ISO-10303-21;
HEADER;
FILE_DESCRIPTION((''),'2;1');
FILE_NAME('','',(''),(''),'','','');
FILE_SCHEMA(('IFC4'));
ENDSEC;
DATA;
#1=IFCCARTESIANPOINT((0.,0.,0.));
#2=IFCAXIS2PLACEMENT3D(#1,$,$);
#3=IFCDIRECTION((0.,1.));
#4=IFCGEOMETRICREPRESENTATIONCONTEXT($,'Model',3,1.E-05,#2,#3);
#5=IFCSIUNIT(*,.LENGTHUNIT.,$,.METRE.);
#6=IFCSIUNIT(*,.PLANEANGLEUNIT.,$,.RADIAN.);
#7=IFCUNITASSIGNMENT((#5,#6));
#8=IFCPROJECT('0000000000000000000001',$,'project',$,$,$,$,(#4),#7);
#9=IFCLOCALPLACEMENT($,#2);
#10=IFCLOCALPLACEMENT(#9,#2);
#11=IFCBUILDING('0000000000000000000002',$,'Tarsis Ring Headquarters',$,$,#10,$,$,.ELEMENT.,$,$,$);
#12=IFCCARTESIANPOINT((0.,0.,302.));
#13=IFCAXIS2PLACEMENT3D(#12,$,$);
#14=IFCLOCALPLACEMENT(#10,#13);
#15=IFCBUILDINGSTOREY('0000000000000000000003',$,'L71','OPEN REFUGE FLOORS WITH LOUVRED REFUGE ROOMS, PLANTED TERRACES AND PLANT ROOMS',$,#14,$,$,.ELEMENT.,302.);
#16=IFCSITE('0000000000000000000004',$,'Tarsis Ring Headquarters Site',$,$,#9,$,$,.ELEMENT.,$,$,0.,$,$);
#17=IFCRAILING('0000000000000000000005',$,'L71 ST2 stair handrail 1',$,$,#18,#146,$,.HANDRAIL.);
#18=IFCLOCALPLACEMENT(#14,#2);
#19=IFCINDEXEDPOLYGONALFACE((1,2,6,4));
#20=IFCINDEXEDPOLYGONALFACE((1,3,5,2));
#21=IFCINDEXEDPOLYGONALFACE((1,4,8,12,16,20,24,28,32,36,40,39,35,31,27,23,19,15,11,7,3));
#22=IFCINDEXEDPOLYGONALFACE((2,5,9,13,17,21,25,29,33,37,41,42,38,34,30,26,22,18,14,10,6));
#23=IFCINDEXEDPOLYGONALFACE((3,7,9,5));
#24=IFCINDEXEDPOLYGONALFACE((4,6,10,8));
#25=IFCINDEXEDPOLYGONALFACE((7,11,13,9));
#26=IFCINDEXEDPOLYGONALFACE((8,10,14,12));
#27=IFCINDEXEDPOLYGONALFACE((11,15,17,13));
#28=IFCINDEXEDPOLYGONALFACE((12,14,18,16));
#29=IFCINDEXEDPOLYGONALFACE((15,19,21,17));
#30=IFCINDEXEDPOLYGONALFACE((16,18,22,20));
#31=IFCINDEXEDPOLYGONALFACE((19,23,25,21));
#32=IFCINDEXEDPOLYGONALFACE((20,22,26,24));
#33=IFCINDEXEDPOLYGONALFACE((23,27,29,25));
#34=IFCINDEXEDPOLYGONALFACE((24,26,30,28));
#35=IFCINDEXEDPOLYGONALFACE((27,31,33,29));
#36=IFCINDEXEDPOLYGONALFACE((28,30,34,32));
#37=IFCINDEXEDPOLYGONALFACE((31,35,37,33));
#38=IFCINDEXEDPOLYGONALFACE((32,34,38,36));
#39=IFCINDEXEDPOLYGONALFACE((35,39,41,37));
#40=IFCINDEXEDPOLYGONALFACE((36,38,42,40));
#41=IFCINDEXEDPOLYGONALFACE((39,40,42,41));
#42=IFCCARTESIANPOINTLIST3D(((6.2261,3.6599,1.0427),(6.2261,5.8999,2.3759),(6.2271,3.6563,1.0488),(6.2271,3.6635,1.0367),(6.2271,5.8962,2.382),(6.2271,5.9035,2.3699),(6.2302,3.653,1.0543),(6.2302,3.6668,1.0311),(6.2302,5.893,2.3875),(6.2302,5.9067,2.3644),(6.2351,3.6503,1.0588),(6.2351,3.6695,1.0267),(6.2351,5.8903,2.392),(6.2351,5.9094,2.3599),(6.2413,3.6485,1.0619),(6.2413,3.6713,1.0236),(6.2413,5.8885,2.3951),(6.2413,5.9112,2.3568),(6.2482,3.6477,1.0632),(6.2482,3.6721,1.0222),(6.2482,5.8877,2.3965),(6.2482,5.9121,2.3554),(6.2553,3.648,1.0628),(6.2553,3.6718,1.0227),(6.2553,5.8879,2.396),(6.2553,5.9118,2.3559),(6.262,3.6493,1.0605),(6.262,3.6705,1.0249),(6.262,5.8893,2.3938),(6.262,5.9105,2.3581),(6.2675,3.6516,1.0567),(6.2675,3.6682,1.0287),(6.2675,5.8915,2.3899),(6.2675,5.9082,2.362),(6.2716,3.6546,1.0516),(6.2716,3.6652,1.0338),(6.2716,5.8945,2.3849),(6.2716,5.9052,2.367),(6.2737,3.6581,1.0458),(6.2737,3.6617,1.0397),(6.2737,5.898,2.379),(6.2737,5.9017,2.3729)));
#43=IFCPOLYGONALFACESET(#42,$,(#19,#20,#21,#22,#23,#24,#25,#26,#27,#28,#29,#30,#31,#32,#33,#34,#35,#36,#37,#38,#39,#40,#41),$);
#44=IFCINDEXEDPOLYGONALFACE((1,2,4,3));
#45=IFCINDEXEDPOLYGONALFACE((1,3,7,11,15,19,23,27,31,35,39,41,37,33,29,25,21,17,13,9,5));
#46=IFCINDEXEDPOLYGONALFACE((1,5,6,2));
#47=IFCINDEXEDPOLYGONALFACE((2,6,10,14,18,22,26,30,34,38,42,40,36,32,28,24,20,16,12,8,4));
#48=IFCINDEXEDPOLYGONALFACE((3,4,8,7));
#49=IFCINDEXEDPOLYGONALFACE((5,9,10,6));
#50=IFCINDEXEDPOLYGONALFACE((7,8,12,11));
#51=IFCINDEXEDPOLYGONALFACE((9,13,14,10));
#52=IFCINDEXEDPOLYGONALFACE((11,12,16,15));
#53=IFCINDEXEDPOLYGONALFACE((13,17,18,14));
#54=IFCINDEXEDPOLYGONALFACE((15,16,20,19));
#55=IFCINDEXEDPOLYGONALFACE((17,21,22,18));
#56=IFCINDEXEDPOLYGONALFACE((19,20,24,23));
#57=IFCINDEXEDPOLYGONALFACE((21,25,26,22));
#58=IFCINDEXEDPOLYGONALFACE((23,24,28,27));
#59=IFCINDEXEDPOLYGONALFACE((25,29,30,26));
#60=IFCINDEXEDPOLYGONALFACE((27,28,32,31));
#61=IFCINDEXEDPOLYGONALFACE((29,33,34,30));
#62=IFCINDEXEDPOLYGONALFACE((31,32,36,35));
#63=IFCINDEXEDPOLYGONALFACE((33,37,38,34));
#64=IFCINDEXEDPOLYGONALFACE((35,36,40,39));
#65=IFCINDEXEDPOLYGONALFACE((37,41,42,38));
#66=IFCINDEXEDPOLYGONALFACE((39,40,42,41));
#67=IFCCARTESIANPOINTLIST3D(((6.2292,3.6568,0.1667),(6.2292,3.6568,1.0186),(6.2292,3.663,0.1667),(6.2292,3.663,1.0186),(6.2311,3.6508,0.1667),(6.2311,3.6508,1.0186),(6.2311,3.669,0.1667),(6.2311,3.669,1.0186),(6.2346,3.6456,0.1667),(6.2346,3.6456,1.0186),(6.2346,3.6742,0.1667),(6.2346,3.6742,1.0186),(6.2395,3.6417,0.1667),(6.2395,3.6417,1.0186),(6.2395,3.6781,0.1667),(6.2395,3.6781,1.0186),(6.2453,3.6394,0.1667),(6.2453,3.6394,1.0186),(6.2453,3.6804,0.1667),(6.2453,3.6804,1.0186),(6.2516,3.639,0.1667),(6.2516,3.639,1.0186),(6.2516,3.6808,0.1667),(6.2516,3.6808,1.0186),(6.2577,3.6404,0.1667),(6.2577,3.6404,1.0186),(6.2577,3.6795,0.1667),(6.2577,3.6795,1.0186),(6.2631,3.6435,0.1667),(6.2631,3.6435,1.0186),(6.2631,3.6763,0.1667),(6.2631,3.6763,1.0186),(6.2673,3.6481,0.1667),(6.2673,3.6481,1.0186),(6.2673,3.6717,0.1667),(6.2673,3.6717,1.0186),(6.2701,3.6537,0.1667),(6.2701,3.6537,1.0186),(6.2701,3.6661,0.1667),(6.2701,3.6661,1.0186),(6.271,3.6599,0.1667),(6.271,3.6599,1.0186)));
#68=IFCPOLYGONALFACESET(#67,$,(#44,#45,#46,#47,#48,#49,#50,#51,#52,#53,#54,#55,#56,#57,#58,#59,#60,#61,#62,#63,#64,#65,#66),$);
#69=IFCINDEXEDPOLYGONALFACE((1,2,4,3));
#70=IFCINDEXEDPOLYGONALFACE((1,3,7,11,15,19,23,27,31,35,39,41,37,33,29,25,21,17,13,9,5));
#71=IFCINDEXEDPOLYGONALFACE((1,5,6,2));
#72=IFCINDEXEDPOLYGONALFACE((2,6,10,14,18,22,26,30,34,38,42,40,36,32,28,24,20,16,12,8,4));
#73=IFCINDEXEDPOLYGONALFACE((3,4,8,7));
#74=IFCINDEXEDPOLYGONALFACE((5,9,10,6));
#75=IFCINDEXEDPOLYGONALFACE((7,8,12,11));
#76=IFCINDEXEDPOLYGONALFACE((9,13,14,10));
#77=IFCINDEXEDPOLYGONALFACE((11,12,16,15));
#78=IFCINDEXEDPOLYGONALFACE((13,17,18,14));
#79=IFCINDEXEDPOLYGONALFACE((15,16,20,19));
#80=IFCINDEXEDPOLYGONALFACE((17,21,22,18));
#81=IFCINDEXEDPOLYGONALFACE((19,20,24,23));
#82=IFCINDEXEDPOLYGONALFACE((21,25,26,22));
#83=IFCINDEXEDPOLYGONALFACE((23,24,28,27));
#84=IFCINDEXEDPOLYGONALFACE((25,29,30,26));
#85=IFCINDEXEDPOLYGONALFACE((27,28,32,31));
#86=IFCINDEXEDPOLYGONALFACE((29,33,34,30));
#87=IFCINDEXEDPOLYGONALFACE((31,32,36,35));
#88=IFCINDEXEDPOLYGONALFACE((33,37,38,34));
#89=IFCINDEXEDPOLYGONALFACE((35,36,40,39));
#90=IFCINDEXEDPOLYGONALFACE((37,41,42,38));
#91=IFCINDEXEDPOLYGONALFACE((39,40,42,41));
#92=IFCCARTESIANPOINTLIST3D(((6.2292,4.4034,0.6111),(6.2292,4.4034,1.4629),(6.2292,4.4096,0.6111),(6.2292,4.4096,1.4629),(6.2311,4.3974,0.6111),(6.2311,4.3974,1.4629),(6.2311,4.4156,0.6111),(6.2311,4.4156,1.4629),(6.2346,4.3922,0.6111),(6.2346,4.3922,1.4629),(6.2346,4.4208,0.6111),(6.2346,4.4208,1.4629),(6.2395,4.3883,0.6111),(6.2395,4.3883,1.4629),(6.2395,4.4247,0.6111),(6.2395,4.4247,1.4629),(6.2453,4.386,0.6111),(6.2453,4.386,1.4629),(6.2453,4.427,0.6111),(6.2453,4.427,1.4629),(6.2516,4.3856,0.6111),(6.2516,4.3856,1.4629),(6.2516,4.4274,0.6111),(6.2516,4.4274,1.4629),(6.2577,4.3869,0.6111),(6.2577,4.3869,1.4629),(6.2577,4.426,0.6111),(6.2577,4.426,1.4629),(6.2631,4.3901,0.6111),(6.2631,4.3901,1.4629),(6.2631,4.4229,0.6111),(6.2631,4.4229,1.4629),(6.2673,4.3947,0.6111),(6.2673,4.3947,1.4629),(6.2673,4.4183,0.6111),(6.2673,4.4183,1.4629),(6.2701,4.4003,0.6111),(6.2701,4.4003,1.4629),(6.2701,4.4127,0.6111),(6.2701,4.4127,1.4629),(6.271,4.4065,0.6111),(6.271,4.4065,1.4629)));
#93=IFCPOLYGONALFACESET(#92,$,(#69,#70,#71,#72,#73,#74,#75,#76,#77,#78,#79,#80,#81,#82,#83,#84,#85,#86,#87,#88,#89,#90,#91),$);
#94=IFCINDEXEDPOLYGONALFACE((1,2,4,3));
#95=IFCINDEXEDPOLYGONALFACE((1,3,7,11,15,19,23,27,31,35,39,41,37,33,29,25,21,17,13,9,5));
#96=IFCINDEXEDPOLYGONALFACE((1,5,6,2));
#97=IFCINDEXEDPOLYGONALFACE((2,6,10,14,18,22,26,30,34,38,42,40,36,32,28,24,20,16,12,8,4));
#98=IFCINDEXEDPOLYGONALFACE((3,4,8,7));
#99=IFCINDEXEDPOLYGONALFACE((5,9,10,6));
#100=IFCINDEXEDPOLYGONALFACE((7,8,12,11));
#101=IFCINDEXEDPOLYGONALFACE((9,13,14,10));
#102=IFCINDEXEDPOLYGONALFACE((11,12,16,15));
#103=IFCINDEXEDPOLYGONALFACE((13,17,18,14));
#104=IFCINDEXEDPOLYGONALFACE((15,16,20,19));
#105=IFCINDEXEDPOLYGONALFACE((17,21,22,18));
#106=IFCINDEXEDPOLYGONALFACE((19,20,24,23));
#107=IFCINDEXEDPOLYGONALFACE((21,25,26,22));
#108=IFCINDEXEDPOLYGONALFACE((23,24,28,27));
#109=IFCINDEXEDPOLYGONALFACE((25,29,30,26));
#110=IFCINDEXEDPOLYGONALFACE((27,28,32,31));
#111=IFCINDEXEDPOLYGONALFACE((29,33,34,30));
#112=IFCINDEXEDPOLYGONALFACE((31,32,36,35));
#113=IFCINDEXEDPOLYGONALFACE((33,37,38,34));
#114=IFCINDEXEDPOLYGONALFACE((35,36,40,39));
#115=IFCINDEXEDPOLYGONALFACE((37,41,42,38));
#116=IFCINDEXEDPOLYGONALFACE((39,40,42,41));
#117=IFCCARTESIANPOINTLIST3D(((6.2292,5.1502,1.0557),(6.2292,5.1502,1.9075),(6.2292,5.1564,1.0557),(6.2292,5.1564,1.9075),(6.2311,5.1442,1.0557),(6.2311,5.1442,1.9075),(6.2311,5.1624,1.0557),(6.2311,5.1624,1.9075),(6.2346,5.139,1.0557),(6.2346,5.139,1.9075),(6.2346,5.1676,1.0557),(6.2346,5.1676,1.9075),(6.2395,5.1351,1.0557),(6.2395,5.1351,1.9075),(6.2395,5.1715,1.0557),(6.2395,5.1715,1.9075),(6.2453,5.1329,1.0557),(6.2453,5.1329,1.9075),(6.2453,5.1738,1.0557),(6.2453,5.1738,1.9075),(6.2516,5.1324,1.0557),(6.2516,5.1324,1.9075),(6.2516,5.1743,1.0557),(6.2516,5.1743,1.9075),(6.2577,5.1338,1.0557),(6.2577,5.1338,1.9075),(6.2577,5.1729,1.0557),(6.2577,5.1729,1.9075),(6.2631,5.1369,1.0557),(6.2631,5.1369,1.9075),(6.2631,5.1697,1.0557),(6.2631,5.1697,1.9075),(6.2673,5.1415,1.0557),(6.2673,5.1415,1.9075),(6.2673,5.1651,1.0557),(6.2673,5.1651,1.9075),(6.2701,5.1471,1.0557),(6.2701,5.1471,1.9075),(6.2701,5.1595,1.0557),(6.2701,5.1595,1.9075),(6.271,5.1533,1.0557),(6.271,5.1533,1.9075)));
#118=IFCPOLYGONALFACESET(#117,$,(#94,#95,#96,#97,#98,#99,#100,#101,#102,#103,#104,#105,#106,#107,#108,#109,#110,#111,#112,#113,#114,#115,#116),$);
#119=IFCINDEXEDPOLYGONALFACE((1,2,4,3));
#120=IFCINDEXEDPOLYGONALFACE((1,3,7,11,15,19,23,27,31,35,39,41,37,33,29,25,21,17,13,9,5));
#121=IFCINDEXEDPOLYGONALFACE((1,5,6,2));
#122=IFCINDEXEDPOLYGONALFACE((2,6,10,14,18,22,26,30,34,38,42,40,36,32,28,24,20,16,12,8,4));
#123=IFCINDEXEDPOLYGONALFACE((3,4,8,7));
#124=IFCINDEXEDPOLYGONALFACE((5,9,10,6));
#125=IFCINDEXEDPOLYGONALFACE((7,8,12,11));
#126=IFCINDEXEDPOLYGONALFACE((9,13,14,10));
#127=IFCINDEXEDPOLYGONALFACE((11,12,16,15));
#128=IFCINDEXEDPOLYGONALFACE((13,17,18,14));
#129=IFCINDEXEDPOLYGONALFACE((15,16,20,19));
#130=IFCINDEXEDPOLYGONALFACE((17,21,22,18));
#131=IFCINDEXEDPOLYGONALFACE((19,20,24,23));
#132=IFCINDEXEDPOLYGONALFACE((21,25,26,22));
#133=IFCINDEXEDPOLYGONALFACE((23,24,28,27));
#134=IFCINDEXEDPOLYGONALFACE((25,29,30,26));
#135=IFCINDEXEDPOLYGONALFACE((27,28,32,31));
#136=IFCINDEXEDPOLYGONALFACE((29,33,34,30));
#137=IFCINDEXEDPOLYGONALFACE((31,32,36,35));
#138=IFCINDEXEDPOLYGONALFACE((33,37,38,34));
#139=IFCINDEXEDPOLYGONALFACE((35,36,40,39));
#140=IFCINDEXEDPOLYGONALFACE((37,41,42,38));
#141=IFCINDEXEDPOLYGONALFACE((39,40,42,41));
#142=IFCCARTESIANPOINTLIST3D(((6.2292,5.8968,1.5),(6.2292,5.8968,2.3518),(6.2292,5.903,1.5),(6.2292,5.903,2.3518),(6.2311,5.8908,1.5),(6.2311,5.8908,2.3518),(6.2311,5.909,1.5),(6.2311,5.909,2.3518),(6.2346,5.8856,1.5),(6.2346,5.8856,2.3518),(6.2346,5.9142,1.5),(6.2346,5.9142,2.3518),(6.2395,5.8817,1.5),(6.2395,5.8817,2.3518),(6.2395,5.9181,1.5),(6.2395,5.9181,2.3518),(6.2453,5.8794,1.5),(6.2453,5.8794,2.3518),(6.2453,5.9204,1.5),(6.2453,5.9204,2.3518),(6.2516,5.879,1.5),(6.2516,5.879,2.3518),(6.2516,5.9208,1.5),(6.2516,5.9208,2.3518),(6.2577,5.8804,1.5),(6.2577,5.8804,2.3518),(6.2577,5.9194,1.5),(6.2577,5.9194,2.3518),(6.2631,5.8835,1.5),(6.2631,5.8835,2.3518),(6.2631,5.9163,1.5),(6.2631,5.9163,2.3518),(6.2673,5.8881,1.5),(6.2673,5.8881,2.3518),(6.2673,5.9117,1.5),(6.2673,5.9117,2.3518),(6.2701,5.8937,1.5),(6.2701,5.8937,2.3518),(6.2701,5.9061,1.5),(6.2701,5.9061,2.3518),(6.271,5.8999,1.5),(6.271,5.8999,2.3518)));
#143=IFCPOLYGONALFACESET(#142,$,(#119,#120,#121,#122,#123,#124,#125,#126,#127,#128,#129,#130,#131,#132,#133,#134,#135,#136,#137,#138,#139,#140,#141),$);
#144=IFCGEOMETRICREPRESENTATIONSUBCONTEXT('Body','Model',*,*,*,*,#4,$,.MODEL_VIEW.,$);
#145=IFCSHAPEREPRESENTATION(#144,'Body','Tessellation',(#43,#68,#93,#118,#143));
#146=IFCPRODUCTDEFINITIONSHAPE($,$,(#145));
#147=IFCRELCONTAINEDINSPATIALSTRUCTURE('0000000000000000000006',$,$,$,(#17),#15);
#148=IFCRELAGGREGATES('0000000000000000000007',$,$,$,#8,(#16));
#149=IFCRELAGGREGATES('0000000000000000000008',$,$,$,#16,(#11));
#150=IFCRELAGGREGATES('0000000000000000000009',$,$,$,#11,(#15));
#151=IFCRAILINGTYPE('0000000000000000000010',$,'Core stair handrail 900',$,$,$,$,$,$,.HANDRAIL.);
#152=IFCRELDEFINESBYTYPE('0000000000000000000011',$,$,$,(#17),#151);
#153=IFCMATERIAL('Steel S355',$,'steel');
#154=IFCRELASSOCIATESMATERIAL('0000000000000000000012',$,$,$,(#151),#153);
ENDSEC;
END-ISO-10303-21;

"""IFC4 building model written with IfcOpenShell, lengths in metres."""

from ifc_helpers import new_model, si_unit, direction, frame, origin, origin_2d, place, context, subcontext, project, spatial, circle, extrude, material, type_object, element, save


model = new_model("IFC4")

# Units and contexts
model_context = context("Model", 3, precision=1e-05, world=origin(), true_north=direction((0.0, 1.0)))
body_context = subcontext(model_context, "Body", "Model", "MODEL_VIEW")
ifc_project = project(units=[si_unit("LENGTHUNIT", "METRE"), si_unit("PLANEANGLEUNIT", "RADIAN")], contexts=[model_context])

# Site, building, storey
site_placement = place(None, origin())
site = spatial("IfcSite", under=ifc_project, at=site_placement, Name="Tarsis Ring Headquarters Site", CompositionType="ELEMENT", RefElevation=0.0)
building_placement = place(site_placement, origin())
building = spatial("IfcBuilding", under=site, at=building_placement, Name="Tarsis Ring Headquarters", CompositionType="ELEMENT")
storey_placement = place(building_placement, frame((0.0, 0.0, 302.0)))
storey = spatial("IfcBuildingStorey", under=building, at=storey_placement, Name="L71", Description="OPEN REFUGE FLOORS WITH LOUVRED REFUGE ROOMS, PLANTED TERRACES AND PLANT ROOMS", CompositionType="ELEMENT", Elevation=302.0)

# Railing
ifc_material_1 = material(Name="Steel S355", Category="steel")
railing_type_1 = type_object("IfcRailingType", Name="Core stair handrail 900", PredefinedType="HANDRAIL", material=ifc_material_1)
railing_1_placement = place(storey_placement, frame((6.25, 3.6599, 0.1667)))
element("IfcRailing", 1, at=railing_1_placement, inside=storey, type_object=railing_type_1, Name="L71 ST2 stair handrail 1", PredefinedType="HANDRAIL", context=body_context, shape_type="SweptSolid", body=[
    extrude(circle(Radius=0.0239, at=origin_2d()), frame((0.0, 0.0, 0.876), z_axis=(0.0, 0.859306, 0.511462), x_axis=(-1.0, 0.0, 0.0)), (0.0, 0.0, 1.0), 2.6067),
    extrude(circle(Radius=0.021, at=origin_2d()), origin(), (0.0, 0.0, 1.0), 0.8518),
    extrude(circle(Radius=0.021, at=origin_2d()), frame((0.0, 0.7466, 0.4443)), (0.0, 0.0, 1.0), 0.8518),
    extrude(circle(Radius=0.021, at=origin_2d()), frame((0.0, 1.4934, 0.8889)), (0.0, 0.0, 1.0), 0.8518),
    extrude(circle(Radius=0.021, at=origin_2d()), frame((0.0, 2.24, 1.3333)), (0.0, 0.0, 1.0), 0.8518),
])

save(model, "model.ifc")
